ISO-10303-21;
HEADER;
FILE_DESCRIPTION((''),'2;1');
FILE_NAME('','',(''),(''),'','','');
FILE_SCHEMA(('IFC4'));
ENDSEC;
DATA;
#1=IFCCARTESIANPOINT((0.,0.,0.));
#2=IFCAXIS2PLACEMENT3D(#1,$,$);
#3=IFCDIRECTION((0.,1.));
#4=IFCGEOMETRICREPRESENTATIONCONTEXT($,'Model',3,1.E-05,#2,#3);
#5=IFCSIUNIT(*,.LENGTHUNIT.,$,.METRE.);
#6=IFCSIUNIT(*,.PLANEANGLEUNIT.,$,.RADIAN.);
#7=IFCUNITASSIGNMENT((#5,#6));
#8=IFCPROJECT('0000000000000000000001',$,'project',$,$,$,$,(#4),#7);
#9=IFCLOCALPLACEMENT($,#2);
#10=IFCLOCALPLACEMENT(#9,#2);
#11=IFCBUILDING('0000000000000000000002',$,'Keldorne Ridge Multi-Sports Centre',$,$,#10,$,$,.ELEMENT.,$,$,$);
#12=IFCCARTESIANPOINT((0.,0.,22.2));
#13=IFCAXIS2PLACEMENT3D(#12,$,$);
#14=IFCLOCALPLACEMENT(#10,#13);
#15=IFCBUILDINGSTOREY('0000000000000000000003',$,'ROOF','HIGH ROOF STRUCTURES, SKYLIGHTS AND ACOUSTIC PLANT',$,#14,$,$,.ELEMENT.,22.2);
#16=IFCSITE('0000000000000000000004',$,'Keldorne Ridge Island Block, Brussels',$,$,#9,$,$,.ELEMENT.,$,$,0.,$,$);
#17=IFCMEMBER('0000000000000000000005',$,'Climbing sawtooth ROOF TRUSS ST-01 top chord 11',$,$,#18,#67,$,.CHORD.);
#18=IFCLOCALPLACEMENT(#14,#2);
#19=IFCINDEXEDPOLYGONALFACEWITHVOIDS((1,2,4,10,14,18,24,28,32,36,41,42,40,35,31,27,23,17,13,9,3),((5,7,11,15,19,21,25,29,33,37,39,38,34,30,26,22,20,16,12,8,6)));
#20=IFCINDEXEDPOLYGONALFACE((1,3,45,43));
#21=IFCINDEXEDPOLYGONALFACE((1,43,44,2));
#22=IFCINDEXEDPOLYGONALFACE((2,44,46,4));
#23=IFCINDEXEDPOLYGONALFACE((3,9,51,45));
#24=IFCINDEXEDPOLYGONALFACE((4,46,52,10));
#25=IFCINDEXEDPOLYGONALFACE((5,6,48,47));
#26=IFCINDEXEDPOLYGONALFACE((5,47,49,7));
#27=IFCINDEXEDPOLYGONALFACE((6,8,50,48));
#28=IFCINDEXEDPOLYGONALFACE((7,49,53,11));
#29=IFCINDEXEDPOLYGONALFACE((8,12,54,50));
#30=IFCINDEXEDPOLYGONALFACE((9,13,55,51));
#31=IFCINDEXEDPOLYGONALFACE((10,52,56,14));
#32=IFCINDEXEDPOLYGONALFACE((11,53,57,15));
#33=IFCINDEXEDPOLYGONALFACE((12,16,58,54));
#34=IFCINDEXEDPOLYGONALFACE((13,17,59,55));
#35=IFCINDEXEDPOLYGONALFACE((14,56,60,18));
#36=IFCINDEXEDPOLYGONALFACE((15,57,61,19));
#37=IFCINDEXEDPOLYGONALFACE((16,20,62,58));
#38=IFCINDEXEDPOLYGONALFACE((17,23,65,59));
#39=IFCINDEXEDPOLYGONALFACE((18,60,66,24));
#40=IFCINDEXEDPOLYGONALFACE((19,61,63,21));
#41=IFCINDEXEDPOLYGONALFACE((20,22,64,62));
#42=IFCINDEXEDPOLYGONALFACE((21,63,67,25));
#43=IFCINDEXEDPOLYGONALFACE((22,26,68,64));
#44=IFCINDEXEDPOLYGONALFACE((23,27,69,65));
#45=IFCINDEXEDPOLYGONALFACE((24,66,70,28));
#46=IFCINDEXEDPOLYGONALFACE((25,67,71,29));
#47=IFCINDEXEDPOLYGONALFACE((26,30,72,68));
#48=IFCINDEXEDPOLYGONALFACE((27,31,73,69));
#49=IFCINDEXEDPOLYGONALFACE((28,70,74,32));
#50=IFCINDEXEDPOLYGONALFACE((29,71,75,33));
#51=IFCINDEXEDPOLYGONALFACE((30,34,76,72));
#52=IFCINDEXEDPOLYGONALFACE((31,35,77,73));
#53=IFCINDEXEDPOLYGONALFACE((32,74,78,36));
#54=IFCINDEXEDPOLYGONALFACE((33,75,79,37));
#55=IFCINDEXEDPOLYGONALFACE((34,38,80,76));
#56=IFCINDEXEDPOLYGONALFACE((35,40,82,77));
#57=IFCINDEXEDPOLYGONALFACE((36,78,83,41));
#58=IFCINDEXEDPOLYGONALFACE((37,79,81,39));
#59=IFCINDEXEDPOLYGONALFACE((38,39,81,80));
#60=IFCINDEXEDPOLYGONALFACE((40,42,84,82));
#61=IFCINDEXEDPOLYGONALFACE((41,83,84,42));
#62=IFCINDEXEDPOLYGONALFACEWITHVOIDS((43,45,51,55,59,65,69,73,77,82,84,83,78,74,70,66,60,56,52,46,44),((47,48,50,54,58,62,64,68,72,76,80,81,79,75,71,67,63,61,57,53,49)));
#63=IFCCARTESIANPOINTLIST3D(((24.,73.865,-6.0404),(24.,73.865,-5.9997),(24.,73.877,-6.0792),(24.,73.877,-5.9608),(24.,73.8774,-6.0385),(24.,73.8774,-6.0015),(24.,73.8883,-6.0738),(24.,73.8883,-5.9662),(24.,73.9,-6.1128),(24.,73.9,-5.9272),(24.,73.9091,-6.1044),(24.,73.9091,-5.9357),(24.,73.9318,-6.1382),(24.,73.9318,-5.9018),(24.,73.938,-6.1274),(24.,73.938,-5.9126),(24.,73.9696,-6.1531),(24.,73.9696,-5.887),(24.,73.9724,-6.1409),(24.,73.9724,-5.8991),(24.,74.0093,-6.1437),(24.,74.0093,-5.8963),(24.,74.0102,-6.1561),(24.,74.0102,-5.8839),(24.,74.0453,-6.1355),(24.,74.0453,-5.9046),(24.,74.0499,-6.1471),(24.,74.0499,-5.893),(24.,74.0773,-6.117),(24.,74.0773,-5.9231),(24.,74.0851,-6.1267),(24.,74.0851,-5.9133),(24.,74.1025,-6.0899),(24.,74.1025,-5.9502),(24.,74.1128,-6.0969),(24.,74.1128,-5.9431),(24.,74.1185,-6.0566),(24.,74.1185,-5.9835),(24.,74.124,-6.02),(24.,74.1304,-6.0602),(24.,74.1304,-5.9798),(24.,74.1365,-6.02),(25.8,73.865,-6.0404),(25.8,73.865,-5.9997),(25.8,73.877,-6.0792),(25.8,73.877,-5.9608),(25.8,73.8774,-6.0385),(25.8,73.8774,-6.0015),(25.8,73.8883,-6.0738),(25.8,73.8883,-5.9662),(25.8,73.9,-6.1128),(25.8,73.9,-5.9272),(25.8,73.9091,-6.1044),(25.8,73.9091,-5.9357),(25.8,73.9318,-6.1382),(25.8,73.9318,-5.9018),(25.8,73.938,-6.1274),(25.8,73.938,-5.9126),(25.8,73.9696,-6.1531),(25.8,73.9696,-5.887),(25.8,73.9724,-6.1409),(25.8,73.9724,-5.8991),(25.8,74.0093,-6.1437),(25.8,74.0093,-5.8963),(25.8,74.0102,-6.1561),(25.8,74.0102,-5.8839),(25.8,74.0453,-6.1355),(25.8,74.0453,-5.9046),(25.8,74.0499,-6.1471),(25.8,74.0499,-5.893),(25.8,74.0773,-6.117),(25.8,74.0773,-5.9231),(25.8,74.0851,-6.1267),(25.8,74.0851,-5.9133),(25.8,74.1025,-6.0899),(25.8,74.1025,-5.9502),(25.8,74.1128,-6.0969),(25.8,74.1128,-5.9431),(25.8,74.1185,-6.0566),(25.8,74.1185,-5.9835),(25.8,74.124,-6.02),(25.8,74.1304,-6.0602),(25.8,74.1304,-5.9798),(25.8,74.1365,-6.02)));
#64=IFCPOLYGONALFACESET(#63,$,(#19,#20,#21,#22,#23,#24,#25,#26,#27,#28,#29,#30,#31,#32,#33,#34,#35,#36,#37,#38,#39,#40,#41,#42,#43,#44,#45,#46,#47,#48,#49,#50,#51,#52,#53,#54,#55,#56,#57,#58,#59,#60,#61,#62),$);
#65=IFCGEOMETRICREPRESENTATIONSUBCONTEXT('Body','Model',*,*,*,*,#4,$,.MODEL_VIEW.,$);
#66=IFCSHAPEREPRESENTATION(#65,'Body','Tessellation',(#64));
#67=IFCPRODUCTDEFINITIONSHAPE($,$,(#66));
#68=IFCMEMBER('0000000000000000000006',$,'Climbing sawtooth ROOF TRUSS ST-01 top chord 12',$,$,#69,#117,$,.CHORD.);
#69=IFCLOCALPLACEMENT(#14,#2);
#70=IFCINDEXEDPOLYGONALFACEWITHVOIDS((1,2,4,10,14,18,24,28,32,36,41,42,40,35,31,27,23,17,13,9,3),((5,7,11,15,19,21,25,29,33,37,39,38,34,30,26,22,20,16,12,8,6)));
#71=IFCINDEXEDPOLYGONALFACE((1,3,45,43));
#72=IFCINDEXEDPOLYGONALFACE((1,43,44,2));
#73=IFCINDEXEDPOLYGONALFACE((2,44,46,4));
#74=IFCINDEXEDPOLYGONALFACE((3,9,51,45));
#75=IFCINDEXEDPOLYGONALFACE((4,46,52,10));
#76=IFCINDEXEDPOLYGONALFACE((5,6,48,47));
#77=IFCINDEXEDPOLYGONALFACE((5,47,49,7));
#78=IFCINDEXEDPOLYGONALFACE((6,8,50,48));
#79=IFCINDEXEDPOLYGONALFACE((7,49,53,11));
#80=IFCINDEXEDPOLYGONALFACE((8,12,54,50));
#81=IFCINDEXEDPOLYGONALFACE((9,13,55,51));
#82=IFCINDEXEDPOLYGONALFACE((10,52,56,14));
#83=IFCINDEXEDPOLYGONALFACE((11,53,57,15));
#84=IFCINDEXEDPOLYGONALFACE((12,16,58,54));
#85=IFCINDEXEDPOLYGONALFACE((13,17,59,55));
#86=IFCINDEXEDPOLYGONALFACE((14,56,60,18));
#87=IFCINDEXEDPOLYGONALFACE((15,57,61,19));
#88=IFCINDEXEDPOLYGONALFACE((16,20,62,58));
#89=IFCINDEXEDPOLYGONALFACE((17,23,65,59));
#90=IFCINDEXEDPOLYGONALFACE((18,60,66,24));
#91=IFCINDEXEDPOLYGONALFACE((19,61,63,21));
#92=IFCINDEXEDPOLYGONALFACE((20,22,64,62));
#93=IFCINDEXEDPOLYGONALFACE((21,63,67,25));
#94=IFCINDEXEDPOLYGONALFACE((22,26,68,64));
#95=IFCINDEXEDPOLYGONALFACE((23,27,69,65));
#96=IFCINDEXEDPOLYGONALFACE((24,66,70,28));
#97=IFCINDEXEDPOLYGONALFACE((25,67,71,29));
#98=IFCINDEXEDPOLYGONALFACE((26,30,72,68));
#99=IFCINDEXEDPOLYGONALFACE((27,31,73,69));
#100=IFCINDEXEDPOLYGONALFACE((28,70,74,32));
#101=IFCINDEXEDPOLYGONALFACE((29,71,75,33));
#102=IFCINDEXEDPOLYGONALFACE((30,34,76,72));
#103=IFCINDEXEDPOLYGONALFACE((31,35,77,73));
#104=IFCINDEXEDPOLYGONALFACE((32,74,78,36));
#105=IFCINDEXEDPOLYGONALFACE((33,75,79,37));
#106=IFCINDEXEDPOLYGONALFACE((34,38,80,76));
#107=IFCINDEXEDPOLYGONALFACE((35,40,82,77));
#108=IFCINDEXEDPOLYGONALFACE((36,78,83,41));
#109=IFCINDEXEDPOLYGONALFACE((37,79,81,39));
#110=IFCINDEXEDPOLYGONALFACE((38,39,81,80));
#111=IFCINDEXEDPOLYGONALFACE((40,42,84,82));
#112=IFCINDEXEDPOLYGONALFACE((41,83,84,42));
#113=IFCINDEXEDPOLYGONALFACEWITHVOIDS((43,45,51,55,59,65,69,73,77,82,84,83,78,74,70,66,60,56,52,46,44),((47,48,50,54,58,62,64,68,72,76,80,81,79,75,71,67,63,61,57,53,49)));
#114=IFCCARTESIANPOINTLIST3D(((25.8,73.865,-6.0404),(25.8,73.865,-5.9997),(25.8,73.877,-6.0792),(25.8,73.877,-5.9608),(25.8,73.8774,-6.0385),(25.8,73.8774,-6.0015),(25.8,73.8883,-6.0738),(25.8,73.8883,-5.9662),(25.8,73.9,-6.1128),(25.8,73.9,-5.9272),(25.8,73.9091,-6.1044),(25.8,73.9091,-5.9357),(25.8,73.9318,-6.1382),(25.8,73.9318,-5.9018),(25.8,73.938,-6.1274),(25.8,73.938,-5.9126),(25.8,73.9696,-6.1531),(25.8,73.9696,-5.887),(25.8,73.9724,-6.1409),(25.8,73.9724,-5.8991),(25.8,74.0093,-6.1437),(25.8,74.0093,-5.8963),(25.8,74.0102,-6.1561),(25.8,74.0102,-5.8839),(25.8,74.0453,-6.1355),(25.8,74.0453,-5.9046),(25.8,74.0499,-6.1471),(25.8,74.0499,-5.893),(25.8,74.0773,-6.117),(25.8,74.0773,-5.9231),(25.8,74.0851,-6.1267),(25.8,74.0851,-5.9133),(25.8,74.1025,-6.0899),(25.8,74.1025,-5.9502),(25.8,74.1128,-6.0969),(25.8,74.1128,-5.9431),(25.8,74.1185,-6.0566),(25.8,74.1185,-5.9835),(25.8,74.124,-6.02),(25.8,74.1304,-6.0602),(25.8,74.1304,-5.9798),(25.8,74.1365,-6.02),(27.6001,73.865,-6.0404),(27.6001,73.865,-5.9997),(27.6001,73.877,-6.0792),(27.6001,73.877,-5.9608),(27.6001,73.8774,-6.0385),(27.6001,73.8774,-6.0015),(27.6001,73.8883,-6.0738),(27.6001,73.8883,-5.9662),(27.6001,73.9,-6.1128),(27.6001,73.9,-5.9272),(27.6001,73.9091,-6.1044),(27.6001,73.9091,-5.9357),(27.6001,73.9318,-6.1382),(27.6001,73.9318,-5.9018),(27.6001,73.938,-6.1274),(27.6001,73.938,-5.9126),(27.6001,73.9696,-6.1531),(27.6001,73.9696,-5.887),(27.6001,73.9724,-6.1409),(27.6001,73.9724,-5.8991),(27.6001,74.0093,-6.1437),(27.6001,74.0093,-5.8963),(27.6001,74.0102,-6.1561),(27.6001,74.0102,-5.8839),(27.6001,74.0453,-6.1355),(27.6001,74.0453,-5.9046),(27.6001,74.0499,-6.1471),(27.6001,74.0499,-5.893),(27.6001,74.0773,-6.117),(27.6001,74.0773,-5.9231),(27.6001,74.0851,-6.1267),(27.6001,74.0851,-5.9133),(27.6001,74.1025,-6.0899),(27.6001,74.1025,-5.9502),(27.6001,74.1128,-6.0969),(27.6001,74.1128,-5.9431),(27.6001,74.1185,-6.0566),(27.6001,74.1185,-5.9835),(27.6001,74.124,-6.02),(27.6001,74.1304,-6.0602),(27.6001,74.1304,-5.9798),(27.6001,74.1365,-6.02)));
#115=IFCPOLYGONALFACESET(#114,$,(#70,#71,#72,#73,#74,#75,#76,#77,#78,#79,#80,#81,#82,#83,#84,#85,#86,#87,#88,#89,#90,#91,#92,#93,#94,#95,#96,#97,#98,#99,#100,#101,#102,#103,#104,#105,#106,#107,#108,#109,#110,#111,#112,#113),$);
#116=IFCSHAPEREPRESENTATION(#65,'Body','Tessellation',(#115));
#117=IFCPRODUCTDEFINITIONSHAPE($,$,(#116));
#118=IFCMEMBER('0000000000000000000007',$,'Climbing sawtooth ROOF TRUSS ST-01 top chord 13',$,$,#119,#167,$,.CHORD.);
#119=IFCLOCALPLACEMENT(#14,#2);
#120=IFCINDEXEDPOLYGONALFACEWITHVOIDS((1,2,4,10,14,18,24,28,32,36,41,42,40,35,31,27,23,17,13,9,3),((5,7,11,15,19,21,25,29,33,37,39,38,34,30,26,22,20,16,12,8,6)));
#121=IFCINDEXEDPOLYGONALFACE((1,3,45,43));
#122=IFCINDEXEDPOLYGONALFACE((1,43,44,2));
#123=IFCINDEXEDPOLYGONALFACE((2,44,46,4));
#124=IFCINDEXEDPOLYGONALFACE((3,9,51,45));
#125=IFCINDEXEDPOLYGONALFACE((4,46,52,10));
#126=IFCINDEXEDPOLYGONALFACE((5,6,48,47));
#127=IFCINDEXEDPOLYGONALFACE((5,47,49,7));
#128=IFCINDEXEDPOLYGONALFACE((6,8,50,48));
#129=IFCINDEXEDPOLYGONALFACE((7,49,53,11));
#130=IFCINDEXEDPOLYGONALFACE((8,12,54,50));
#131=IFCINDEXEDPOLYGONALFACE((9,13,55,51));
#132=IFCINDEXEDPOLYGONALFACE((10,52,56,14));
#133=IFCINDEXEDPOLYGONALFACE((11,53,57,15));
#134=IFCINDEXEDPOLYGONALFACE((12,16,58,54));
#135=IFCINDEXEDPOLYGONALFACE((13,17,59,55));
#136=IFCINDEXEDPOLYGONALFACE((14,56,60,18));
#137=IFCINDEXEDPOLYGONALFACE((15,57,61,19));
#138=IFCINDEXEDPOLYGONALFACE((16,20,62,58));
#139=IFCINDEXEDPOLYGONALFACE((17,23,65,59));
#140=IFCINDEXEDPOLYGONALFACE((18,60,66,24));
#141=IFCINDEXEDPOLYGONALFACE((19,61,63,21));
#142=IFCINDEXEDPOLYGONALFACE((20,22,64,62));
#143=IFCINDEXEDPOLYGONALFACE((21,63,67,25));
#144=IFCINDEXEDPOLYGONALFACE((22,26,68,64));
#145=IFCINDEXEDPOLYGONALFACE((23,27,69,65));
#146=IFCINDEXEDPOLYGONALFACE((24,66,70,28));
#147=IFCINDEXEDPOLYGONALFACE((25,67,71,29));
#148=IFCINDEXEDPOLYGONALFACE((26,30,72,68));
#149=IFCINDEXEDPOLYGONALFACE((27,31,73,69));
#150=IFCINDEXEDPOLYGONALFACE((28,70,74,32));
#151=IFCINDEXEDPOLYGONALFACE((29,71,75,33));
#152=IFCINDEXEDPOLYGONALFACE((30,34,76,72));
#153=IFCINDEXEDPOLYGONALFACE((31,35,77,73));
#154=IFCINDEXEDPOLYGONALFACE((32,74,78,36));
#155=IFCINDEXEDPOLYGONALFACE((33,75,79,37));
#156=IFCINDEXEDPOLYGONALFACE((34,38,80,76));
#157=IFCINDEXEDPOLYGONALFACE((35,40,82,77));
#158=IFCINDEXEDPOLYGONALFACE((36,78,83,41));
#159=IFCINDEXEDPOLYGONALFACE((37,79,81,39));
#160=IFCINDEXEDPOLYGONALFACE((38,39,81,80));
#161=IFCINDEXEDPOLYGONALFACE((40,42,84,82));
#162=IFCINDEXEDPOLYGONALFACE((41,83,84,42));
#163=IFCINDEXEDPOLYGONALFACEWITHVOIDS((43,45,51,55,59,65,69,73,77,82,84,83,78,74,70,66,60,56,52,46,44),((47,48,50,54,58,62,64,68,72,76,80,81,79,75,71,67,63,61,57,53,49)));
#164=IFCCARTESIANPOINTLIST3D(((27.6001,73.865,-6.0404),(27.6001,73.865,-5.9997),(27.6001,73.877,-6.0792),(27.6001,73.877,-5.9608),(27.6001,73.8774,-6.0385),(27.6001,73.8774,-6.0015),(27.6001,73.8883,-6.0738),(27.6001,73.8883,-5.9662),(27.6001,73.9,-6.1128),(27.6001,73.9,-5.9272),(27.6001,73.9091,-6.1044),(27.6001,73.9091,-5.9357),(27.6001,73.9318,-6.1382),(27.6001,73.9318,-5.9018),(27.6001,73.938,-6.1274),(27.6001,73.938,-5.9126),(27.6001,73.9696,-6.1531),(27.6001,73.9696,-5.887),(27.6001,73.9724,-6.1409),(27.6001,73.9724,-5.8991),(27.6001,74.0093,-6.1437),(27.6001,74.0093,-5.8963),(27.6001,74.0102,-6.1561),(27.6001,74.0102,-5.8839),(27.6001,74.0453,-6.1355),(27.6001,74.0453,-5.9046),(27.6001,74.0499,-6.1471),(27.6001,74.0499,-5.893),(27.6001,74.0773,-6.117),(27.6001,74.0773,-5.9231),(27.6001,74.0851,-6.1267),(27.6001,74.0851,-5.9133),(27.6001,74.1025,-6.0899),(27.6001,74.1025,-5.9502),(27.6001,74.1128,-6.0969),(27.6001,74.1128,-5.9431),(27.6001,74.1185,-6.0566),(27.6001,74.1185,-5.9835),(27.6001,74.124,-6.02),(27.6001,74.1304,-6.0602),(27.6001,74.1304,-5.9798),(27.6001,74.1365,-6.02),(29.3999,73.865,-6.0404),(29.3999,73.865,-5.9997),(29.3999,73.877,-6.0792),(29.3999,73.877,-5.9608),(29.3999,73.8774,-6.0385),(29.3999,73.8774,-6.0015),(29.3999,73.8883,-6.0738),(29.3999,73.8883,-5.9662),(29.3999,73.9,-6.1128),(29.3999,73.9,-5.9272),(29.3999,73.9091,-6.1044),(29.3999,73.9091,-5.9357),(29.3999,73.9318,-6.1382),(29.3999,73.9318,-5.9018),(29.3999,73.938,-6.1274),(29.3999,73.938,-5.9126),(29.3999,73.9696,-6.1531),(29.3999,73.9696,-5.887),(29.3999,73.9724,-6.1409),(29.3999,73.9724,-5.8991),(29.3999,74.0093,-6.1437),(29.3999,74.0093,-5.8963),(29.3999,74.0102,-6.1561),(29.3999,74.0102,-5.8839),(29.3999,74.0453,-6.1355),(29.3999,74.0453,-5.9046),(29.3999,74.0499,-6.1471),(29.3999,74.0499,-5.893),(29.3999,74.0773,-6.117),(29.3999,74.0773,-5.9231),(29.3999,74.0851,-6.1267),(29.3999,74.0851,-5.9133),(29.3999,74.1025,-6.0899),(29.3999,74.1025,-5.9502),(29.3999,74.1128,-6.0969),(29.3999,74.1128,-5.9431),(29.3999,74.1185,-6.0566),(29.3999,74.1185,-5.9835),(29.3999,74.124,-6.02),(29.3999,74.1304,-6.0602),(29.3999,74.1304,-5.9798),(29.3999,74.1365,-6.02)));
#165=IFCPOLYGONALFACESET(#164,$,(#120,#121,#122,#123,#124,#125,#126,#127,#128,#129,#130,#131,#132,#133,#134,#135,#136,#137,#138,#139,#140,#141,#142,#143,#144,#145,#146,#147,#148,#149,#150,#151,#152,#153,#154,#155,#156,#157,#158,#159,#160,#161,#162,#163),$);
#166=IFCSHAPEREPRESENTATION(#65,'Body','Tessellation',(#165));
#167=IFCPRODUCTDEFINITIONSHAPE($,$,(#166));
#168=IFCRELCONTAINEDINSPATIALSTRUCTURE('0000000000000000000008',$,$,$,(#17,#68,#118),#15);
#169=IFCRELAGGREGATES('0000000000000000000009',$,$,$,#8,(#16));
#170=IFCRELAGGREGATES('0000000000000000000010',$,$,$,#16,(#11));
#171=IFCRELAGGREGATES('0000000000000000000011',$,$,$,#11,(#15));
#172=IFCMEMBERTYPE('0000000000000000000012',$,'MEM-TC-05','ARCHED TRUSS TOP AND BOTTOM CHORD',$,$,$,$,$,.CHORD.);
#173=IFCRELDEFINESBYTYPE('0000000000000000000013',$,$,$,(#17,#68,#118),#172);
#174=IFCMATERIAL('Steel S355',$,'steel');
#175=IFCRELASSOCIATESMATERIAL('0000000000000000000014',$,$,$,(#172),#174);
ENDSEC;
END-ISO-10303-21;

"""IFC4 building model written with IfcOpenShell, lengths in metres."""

from ifc_helpers import new_model, si_unit, direction, frame, origin, origin_2d, place, context, subcontext, project, spatial, hollow_circle, extrude, material, material_profile, profile_set, type_object, element, save


model = new_model("IFC4")

# Units and contexts
model_context = context("Model", 3, precision=1e-05, world=origin(), true_north=direction((0.0, 1.0)))
body_context = subcontext(model_context, "Body", "Model", "MODEL_VIEW")
ifc_project = project(units=[si_unit("LENGTHUNIT", "METRE"), si_unit("PLANEANGLEUNIT", "RADIAN")], contexts=[model_context])

# Site, building, storey
site_placement = place(None, origin())
site = spatial("IfcSite", under=ifc_project, at=site_placement, Name="Keldorne Ridge Island Block, Brussels", CompositionType="ELEMENT", RefElevation=0.0)
building_placement = place(site_placement, origin())
building = spatial("IfcBuilding", under=site, at=building_placement, Name="Keldorne Ridge Multi-Sports Centre", CompositionType="ELEMENT")
storey_placement = place(building_placement, frame((0.0, 0.0, 22.2)))
storey = spatial("IfcBuildingStorey", under=building, at=storey_placement, Name="ROOF", Description="HIGH ROOF STRUCTURES, SKYLIGHTS AND ACOUSTIC PLANT", CompositionType="ELEMENT", Elevation=22.2)

# Shared definitions
ifc_material_1 = material(Name="Steel S355", Category="steel")

# Members
ifc_material_profile_1 = material_profile(ifc_material_1, hollow_circle(Radius=0.1365, WallThickness=0.0125, at=origin_2d()), Name="CHS 273x12.5")
ifc_profile_set_1 = profile_set([ifc_material_profile_1], Name="Steel S355")
member_type_1 = type_object("IfcMemberType", Name="MEM-TC-05", Description="ARCHED TRUSS TOP AND BOTTOM CHORD", PredefinedType="CHORD", material=ifc_profile_set_1)
for number, where, z_axis, x_axis, name in (
    (1, (24.0, 74.0, -6.02), (1.0, 0.0, 0.0), (0.0, 1.0, 0.0), "Climbing sawtooth ROOF TRUSS ST-01 top chord 11"),
    (2, (25.8, 74.0, -6.02), (1.0, 0.0, 0.0), (0.0, 1.0, 0.0), "Climbing sawtooth ROOF TRUSS ST-01 top chord 12"),
):
    element("IfcMember", number, at=place(storey_placement, frame(where, z_axis=z_axis, x_axis=x_axis)), inside=storey, type_object=member_type_1, Name=name, PredefinedType="CHORD", context=body_context, shape_type="SweptSolid", body=[
        extrude(hollow_circle(Radius=0.1365, WallThickness=0.0125, at=origin_2d()), origin(), (0.0, 0.0, 1.0), 1.8),
    ])
member_1_placement = place(storey_placement, frame((27.6001, 74.0, -6.02), z_axis=(1.0, 0.0, 0.0), x_axis=(0.0, 1.0, 0.0)))
element("IfcMember", 3, at=member_1_placement, inside=storey, type_object=member_type_1, Name="Climbing sawtooth ROOF TRUSS ST-01 top chord 13", PredefinedType="CHORD", context=body_context, shape_type="SweptSolid", body=[
    extrude(hollow_circle(Radius=0.1365, WallThickness=0.0125, at=origin_2d()), origin(), (0.0, 0.0, 1.0), 1.7998),
])

save(model, "model.ifc")
